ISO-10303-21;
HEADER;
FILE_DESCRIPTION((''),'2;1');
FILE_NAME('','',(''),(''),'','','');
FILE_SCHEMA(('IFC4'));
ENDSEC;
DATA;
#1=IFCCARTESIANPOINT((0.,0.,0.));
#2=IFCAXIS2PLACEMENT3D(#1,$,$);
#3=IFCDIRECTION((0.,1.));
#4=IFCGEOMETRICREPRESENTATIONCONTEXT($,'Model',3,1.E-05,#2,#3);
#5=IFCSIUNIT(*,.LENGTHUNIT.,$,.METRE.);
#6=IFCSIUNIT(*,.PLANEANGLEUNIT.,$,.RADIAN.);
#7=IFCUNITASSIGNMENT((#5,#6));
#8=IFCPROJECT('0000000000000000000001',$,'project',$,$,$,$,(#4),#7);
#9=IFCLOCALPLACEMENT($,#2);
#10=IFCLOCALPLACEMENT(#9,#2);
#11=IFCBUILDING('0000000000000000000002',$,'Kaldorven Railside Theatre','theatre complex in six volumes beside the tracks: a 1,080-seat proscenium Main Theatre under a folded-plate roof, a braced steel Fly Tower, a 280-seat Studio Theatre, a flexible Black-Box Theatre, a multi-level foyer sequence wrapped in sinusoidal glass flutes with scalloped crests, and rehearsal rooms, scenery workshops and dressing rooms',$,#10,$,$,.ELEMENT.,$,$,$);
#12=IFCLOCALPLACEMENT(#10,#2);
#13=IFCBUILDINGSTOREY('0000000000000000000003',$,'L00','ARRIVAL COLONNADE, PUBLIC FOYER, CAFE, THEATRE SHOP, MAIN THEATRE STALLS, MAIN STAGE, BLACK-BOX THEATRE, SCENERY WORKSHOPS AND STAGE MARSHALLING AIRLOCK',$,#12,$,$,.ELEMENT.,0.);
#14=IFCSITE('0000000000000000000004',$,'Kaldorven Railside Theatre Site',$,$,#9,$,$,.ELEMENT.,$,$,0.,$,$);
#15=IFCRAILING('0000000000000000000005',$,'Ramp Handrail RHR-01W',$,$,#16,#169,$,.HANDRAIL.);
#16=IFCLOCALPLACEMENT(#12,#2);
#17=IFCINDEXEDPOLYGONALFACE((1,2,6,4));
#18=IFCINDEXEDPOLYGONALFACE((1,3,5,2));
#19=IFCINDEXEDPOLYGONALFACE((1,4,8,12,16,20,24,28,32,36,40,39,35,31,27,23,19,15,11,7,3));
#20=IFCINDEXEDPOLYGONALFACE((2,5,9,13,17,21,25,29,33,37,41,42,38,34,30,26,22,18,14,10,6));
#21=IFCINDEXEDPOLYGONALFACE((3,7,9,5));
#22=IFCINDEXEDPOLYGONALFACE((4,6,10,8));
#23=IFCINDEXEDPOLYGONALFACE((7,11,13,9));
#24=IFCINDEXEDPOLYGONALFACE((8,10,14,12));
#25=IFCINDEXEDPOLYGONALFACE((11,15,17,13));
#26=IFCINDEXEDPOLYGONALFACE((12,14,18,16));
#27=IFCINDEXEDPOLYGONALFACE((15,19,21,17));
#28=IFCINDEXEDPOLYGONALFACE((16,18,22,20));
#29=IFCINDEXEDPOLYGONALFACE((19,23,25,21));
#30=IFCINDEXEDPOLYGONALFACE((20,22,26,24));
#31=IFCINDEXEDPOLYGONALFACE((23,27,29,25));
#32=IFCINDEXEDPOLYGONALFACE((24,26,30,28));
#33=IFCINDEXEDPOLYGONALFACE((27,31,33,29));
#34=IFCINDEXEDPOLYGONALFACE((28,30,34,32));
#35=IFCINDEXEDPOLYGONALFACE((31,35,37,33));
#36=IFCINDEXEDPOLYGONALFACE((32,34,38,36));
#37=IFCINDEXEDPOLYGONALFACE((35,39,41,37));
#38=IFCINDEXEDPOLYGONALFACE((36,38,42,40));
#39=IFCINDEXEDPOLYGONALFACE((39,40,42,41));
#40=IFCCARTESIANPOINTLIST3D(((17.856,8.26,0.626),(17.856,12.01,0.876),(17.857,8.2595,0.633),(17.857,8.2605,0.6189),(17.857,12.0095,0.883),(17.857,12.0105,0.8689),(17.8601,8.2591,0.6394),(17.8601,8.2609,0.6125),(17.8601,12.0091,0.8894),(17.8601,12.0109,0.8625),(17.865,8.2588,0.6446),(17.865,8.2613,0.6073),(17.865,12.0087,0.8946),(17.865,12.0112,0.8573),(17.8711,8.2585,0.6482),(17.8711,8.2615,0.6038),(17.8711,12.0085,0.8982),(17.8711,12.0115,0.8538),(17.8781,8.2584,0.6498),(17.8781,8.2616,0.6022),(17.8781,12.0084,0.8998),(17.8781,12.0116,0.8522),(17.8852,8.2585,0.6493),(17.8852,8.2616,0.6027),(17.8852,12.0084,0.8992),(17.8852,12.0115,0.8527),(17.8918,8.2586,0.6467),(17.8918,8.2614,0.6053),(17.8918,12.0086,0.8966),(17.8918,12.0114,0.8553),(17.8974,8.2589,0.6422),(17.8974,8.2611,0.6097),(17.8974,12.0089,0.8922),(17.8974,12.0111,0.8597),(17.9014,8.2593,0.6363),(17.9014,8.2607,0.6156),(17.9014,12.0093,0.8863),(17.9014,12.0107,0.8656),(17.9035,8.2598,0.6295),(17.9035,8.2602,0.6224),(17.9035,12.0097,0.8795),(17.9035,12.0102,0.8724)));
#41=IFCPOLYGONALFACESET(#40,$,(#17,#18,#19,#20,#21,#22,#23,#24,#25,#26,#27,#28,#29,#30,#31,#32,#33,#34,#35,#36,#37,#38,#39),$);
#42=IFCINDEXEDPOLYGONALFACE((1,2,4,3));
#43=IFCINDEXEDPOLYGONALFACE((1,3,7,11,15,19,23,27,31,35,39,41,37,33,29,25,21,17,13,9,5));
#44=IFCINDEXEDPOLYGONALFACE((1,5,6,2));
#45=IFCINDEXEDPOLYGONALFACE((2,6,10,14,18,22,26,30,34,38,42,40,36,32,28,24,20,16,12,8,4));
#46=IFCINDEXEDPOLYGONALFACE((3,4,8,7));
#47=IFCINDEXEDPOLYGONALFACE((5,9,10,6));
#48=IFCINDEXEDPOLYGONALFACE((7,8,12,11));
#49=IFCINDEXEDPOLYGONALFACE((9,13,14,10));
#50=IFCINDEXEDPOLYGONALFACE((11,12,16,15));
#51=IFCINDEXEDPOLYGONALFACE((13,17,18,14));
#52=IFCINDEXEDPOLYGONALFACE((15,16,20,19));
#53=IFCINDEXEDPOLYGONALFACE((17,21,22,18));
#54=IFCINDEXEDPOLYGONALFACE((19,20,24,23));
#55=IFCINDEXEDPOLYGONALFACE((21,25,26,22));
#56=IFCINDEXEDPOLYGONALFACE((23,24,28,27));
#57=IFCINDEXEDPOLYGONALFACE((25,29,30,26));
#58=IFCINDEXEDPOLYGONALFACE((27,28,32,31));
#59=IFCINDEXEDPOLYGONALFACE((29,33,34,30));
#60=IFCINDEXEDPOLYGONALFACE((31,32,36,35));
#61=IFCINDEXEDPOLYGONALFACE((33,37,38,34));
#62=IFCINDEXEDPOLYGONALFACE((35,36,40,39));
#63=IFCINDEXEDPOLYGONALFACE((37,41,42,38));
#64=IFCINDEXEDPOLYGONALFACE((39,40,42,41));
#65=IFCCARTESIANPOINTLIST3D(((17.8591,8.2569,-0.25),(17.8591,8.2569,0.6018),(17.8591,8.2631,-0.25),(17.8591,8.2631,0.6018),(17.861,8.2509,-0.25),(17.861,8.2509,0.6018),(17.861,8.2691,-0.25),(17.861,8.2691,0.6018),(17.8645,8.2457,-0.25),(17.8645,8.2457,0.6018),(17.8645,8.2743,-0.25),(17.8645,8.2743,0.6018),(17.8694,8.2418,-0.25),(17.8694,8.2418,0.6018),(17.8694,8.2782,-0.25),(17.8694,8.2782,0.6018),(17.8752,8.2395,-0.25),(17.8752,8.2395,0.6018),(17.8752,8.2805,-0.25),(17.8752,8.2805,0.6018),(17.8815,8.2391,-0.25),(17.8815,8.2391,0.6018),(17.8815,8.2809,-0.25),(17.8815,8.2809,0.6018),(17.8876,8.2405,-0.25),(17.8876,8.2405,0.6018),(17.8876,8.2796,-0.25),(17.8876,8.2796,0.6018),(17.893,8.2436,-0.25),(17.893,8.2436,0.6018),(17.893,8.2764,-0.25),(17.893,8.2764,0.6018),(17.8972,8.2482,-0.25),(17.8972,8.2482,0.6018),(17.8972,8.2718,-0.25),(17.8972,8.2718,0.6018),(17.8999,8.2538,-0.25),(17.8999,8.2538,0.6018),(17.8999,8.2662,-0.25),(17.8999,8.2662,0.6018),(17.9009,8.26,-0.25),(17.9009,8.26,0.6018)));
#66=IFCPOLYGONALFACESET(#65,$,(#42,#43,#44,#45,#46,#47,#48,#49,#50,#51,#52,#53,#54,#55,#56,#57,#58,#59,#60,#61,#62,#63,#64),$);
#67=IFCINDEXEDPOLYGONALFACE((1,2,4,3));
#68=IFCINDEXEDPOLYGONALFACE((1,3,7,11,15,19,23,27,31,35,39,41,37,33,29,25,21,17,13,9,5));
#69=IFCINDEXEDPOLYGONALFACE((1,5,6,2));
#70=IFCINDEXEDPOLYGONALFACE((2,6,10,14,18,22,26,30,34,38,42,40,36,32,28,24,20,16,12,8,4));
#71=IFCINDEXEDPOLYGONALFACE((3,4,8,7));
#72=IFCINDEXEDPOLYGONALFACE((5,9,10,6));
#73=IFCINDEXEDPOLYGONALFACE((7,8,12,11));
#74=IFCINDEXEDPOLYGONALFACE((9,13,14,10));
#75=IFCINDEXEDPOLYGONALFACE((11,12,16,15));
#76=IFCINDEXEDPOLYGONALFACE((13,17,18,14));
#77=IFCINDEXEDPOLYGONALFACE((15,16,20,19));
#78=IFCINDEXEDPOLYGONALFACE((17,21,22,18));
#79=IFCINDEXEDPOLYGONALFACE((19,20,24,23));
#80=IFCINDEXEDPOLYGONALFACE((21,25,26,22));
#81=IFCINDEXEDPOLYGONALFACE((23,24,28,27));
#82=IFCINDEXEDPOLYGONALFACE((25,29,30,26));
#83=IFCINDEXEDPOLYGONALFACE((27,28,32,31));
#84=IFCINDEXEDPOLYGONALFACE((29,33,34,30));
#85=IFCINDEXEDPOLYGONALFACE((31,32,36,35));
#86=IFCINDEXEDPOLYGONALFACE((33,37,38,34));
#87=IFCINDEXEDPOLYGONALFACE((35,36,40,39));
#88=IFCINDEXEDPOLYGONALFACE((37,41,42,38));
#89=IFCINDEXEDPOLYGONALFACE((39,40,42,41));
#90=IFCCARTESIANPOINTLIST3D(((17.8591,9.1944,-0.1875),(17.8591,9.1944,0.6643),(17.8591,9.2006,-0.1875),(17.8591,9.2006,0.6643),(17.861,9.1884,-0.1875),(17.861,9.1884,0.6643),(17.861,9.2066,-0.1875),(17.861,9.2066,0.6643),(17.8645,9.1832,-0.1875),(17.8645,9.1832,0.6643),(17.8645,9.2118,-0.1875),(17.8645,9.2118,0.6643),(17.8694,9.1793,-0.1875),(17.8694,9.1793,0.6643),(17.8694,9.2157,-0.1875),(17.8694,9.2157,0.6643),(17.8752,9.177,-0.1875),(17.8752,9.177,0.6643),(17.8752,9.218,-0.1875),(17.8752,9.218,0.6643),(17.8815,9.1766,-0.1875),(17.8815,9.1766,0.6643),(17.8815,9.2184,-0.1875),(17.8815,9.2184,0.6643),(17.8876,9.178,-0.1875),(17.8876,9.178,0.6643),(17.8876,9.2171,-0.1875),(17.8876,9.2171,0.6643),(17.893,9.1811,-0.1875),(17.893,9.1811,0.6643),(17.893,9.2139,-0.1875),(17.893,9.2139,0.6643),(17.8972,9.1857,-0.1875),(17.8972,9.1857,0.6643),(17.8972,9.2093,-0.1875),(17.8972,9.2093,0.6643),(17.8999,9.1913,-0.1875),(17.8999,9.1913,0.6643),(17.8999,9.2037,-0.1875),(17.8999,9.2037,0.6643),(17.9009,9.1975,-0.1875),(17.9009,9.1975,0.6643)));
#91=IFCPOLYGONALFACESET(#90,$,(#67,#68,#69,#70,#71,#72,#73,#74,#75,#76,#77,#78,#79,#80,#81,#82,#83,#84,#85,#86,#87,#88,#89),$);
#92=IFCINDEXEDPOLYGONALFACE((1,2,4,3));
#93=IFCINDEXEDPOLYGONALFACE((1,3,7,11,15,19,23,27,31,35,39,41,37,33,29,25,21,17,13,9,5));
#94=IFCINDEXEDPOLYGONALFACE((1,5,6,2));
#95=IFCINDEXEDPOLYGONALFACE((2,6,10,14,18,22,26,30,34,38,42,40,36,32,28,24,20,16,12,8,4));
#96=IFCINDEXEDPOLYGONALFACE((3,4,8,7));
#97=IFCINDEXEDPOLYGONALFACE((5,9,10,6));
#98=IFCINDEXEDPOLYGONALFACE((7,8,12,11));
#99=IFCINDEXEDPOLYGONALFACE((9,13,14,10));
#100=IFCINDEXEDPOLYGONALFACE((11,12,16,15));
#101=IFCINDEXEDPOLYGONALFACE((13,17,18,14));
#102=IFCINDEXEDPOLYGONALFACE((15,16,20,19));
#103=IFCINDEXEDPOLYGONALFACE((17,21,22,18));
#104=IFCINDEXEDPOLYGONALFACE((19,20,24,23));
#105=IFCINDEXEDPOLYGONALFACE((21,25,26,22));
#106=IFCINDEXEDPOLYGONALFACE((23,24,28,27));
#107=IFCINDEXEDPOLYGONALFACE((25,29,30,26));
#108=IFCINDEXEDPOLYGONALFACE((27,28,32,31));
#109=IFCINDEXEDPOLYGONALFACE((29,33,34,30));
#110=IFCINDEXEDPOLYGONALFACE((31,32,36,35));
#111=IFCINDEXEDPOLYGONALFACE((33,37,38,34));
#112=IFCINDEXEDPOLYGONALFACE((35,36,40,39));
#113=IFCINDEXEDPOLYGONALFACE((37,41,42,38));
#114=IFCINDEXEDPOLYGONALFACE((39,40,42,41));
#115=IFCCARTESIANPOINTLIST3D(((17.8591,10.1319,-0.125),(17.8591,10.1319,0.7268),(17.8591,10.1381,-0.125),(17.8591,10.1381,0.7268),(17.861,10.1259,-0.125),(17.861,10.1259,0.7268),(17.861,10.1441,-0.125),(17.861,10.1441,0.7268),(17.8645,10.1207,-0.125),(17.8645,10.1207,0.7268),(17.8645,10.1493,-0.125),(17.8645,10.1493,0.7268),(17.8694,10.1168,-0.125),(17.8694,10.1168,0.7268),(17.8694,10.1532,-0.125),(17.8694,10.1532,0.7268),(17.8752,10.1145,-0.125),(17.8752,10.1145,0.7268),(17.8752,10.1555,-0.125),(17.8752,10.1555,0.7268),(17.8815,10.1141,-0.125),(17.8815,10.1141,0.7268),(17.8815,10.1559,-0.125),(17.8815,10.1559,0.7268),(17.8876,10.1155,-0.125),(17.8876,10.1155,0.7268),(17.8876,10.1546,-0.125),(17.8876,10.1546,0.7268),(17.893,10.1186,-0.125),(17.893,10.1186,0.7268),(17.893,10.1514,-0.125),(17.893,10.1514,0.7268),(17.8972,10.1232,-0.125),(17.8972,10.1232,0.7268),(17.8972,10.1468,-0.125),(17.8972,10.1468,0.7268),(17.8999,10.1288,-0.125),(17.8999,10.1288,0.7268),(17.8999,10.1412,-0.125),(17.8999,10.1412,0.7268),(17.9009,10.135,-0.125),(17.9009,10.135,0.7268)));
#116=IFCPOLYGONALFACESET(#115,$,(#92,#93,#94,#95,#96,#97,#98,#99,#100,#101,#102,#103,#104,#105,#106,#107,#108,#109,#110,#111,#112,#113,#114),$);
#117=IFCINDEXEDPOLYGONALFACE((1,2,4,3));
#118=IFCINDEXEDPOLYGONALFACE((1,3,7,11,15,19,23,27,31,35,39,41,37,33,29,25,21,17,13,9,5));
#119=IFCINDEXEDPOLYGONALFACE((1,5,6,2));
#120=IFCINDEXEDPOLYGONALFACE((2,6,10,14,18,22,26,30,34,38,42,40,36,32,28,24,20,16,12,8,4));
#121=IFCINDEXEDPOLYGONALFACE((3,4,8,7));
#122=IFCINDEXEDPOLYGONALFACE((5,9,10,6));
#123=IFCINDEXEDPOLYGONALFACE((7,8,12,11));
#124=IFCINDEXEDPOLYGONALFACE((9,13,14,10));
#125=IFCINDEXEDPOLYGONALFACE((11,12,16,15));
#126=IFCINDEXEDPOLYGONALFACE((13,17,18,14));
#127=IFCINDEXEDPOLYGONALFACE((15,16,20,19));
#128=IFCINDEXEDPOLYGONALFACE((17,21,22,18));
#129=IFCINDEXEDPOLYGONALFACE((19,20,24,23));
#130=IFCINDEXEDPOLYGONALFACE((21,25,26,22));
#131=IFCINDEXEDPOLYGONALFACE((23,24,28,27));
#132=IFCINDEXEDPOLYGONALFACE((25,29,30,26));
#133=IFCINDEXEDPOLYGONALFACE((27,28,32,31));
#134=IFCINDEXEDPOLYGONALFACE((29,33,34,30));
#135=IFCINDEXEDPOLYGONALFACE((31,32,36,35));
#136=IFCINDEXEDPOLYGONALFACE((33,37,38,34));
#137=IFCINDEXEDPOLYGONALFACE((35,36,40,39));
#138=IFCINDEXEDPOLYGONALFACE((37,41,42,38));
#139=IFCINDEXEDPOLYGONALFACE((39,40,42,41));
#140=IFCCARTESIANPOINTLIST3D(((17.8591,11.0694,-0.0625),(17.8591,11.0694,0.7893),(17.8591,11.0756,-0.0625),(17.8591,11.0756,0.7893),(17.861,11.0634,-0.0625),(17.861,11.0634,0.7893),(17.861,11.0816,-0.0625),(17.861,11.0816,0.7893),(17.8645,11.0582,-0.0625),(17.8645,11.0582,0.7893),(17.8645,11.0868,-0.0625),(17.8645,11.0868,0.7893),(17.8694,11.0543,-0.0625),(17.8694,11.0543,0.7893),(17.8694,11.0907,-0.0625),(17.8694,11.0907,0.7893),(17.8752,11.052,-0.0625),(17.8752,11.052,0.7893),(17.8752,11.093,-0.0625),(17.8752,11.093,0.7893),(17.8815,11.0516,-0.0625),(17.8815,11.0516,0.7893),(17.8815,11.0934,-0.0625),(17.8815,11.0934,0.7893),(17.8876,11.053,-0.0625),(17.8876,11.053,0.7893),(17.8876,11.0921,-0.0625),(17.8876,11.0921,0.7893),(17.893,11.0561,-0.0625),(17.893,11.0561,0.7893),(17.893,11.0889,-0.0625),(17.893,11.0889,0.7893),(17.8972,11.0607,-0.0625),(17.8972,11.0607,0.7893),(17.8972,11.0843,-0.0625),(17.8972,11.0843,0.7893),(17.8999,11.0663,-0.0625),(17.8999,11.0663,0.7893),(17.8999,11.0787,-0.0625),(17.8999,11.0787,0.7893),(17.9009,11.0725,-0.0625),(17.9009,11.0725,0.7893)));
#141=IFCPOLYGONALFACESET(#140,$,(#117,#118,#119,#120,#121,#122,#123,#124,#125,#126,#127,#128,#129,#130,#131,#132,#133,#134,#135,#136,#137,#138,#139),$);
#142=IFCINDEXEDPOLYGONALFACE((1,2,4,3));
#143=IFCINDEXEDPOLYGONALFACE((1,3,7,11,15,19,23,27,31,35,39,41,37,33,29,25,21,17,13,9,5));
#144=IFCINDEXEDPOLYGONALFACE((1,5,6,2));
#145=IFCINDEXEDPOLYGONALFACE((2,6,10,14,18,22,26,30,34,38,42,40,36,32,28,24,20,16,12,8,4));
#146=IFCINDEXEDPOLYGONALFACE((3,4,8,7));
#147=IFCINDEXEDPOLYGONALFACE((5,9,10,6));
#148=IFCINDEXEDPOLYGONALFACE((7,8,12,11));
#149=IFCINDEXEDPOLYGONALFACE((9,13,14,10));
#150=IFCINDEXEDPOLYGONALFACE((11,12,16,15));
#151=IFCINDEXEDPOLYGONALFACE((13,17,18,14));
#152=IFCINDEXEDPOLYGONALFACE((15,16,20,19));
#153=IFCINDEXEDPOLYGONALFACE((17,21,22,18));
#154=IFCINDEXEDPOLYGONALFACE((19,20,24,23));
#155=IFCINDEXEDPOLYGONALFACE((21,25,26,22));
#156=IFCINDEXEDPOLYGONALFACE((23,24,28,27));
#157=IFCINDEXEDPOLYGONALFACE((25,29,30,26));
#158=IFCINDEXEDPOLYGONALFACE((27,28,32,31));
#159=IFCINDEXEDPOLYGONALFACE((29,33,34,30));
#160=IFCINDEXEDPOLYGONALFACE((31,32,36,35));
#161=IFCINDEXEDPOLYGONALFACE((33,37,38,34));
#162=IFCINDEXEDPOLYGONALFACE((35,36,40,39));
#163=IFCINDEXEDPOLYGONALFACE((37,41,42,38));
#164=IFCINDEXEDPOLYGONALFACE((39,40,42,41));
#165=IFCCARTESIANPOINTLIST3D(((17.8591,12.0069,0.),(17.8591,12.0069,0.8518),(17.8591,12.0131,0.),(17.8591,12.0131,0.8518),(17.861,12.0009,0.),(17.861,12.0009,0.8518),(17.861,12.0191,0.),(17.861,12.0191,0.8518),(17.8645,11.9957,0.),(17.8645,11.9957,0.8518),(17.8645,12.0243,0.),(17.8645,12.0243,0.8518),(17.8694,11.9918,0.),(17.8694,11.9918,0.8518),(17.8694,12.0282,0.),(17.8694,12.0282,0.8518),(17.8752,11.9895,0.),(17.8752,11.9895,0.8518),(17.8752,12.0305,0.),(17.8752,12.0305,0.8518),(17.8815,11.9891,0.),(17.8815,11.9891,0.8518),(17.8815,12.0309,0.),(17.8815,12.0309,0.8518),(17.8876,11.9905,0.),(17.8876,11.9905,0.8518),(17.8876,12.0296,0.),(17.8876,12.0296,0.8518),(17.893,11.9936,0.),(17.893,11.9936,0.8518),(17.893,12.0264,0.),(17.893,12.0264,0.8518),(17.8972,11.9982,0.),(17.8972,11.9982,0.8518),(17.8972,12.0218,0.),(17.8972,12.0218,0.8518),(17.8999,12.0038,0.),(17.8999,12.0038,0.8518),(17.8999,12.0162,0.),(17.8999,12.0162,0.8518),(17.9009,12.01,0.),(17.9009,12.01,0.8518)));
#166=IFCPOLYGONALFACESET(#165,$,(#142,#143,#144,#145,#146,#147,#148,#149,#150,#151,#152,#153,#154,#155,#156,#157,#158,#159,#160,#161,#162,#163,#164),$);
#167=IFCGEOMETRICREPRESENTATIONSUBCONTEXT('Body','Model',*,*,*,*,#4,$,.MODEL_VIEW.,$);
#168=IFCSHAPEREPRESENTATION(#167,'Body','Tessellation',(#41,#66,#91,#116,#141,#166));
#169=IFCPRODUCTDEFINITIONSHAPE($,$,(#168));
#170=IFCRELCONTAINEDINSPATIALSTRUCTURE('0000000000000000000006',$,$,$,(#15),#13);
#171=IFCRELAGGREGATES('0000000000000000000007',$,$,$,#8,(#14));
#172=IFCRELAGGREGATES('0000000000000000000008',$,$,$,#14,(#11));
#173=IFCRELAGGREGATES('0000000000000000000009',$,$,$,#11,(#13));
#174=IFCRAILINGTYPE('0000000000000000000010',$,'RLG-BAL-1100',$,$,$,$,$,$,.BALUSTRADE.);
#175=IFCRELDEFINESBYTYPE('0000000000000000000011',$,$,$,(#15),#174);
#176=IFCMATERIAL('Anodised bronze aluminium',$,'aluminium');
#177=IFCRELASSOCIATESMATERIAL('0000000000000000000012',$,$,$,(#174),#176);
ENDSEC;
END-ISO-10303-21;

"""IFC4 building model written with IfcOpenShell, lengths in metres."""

from ifc_helpers import new_model, si_unit, direction, frame, origin, origin_2d, place, context, subcontext, project, spatial, circle, extrude, material, type_object, element, save


model = new_model("IFC4")

# Units and contexts
model_context = context("Model", 3, precision=1e-05, world=origin(), true_north=direction((0.0, 1.0)))
body_context = subcontext(model_context, "Body", "Model", "MODEL_VIEW")
ifc_project = project(units=[si_unit("LENGTHUNIT", "METRE"), si_unit("PLANEANGLEUNIT", "RADIAN")], contexts=[model_context])

# Site, building, storey
site_placement = place(None, origin())
site = spatial("IfcSite", under=ifc_project, at=site_placement, Name="Kaldorven Railside Theatre Site", CompositionType="ELEMENT", RefElevation=0.0)
building_placement = place(site_placement, origin())
building = spatial("IfcBuilding", under=site, at=building_placement, Name="Kaldorven Railside Theatre", Description="theatre complex in six volumes beside the tracks: a 1,080-seat proscenium Main Theatre under a folded-plate roof, a braced steel Fly Tower, a 280-seat Studio Theatre, a flexible Black-Box Theatre, a multi-level foyer sequence wrapped in sinusoidal glass flutes with scalloped crests, and rehearsal rooms, scenery workshops and dressing rooms", CompositionType="ELEMENT")
storey_placement = place(building_placement, origin())
storey = spatial("IfcBuildingStorey", under=building, at=storey_placement, Name="L00", Description="ARRIVAL COLONNADE, PUBLIC FOYER, CAFE, THEATRE SHOP, MAIN THEATRE STALLS, MAIN STAGE, BLACK-BOX THEATRE, SCENERY WORKSHOPS AND STAGE MARSHALLING AIRLOCK", CompositionType="ELEMENT", Elevation=0.0)

# Shared definitions
ifc_material_1 = material(Name="Anodised bronze aluminium", Category="aluminium")

# Railing
railing_type_1 = type_object("IfcRailingType", Name="RLG-BAL-1100", PredefinedType="BALUSTRADE", material=ifc_material_1)
for number, where, name in (
    (1, (17.8799, 8.26, -0.25), "Ramp Handrail RHR-01W"),
):
    element("IfcRailing", number, at=place(storey_placement, frame(where)), inside=storey, type_object=railing_type_1, Name=name, PredefinedType="HANDRAIL", context=body_context, shape_type="SweptSolid", body=[
        extrude(circle(Radius=0.0239, at=origin_2d()), frame((0.0, 0.0, 0.876), z_axis=(0.0, 0.997785, 0.066519), x_axis=(-1.0, 0.0, 0.0)), (0.0, 0.0, 1.0), 3.7583),
        extrude(circle(Radius=0.021, at=origin_2d()), origin(), (0.0, 0.0, 1.0), 0.8518),
        extrude(circle(Radius=0.021, at=origin_2d()), frame((0.0, 0.9375, 0.0625)), (0.0, 0.0, 1.0), 0.8518),
        extrude(circle(Radius=0.021, at=origin_2d()), frame((0.0, 1.875, 0.125)), (0.0, 0.0, 1.0), 0.8518),
        extrude(circle(Radius=0.021, at=origin_2d()), frame((0.0, 2.8125, 0.1875)), (0.0, 0.0, 1.0), 0.8518),
        extrude(circle(Radius=0.021, at=origin_2d()), frame((0.0, 3.75, 0.25)), (0.0, 0.0, 1.0), 0.8518),
    ])

save(model, "model.ifc")
